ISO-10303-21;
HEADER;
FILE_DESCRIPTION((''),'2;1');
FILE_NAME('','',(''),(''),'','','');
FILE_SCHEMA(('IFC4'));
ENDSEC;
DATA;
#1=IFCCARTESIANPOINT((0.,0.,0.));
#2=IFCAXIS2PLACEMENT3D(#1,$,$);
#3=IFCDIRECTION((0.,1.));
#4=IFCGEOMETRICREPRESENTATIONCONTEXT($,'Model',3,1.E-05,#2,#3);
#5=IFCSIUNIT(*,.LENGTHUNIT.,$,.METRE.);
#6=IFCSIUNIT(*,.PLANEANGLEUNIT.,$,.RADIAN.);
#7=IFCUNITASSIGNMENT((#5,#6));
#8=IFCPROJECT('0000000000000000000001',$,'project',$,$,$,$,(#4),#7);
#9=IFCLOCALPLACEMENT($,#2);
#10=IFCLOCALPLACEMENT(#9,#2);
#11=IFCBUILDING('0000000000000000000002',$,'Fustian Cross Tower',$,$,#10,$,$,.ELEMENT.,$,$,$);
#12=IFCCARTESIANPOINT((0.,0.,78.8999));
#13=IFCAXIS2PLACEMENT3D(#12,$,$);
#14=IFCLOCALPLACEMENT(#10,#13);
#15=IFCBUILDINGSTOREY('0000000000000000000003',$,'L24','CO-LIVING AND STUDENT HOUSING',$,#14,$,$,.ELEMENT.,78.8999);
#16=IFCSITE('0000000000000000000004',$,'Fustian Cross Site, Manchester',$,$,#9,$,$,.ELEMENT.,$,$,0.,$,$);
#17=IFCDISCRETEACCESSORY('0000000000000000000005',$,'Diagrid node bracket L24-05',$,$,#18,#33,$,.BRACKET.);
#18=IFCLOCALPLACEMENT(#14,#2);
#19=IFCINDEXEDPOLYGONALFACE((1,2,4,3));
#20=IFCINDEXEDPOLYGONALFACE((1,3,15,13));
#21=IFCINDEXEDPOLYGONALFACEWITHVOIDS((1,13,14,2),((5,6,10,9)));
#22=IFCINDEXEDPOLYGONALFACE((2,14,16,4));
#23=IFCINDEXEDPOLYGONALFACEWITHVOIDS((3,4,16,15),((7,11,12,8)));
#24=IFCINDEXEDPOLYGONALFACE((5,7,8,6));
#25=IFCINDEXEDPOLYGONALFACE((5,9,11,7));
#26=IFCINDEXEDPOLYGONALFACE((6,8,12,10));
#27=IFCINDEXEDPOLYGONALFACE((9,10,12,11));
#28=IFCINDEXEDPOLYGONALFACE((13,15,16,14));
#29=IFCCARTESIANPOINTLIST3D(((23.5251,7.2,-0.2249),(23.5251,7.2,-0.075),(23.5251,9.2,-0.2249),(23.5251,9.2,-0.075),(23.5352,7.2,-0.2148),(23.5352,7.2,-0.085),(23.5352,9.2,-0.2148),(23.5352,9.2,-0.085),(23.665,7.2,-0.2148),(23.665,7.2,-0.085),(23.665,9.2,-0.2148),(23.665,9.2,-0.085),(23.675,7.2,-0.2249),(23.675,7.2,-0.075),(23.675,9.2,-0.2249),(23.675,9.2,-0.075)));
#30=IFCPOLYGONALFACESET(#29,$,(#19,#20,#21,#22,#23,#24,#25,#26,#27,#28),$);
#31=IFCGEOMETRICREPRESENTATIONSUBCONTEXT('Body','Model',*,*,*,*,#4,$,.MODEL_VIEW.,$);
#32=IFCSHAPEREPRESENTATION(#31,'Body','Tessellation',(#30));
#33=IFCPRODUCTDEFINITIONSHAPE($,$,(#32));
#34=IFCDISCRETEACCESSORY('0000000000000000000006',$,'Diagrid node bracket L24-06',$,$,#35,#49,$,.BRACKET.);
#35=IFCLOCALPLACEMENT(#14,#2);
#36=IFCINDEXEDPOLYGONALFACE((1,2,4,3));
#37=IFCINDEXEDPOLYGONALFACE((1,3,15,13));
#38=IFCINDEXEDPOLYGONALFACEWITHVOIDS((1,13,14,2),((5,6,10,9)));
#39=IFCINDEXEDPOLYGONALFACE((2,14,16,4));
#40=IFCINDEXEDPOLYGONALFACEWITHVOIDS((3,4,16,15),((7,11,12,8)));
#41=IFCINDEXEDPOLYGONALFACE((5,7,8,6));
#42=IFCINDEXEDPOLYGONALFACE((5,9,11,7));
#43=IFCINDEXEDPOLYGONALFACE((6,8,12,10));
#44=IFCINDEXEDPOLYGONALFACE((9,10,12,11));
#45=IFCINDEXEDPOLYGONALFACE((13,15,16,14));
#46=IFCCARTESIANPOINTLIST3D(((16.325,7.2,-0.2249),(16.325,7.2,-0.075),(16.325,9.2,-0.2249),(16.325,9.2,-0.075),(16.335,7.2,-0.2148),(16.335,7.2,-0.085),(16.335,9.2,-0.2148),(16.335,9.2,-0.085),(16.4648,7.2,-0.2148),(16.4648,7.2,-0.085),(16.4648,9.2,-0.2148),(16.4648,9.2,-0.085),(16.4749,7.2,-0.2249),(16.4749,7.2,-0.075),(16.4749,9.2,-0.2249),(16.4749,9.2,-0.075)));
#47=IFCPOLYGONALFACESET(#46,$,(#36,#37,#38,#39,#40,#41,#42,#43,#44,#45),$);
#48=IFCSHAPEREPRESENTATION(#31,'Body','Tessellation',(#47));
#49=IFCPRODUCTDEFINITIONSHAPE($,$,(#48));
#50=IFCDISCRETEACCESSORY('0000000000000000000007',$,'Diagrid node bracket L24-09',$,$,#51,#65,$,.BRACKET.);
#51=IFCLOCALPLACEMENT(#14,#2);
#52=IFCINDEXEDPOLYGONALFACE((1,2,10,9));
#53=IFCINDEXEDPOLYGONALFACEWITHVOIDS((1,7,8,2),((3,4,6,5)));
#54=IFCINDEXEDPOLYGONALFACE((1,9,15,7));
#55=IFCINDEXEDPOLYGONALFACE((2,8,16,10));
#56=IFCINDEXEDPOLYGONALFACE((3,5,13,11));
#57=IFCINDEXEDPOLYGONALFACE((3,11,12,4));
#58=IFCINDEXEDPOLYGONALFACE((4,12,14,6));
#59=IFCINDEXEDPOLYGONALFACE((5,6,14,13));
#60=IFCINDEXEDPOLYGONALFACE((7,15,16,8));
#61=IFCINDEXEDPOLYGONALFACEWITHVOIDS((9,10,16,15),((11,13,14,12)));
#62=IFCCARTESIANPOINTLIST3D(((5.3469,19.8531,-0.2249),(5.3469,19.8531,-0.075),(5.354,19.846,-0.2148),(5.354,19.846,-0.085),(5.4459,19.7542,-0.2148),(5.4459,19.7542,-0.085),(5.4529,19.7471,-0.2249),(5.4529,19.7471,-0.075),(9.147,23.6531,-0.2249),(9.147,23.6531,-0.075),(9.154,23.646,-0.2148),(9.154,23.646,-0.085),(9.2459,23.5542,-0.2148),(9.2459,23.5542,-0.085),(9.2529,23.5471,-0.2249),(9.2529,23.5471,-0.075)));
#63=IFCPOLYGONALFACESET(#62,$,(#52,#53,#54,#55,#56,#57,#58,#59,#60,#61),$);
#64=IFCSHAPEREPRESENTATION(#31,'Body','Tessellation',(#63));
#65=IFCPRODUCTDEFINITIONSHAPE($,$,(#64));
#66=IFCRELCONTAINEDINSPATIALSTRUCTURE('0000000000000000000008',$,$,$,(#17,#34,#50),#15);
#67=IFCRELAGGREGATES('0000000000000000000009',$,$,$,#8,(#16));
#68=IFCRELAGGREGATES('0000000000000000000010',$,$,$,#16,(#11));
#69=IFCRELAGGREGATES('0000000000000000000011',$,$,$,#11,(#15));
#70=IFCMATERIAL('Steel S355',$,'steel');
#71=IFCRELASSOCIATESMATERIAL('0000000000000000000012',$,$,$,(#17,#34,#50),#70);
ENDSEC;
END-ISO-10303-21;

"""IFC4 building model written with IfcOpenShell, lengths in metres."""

from ifc_helpers import new_model, si_unit, direction, frame, origin, origin_2d, place, context, subcontext, project, spatial, hollow_rectangle, extrude, material, element, save


model = new_model("IFC4")

# Units and contexts
model_context = context("Model", 3, precision=1e-05, world=origin(), true_north=direction((0.0, 1.0)))
body_context = subcontext(model_context, "Body", "Model", "MODEL_VIEW")
ifc_project = project(units=[si_unit("LENGTHUNIT", "METRE"), si_unit("PLANEANGLEUNIT", "RADIAN")], contexts=[model_context])

# Site, building, storey
site_placement = place(None, origin())
site = spatial("IfcSite", under=ifc_project, at=site_placement, Name="Fustian Cross Site, Manchester", CompositionType="ELEMENT", RefElevation=0.0)
building_placement = place(site_placement, origin())
building = spatial("IfcBuilding", under=site, at=building_placement, Name="Fustian Cross Tower", CompositionType="ELEMENT")
storey_placement = place(building_placement, frame((0.0, 0.0, 78.8999)))
storey = spatial("IfcBuildingStorey", under=building, at=storey_placement, Name="L24", Description="CO-LIVING AND STUDENT HOUSING", CompositionType="ELEMENT", Elevation=78.8999)

# Discrete accessories
ifc_material_1 = material(Name="Steel S355", Category="steel")
for number, where, z_axis, x_axis, name in (
    (1, (23.6001, 9.2, -0.1499), (0.0, -1.0, 0.0), (1.0, 0.0, 0.0), "Diagrid node bracket L24-05"),
    (2, (16.3999, 9.2, -0.1499), (0.0, -1.0, 0.0), (1.0, 0.0, 0.0), "Diagrid node bracket L24-06"),
):
    element("IfcDiscreteAccessory", number, at=place(storey_placement, frame(where, z_axis=z_axis, x_axis=x_axis)), inside=storey, material=ifc_material_1, Name=name, PredefinedType="BRACKET", context=body_context, shape_type="SweptSolid", body=[
        extrude(hollow_rectangle(XDim=0.1499, YDim=0.1499, WallThickness=0.01, at=origin_2d()), origin(), (0.0, 0.0, 1.0), 2.0),
    ])
discrete_accessory_placement = place(storey_placement, frame((9.2, 23.6001, -0.1499), z_axis=(-0.707107, -0.707107, 0.0), x_axis=(0.707107, -0.707107, 0.0)))
element("IfcDiscreteAccessory", 3, at=discrete_accessory_placement, inside=storey, material=ifc_material_1, Name="Diagrid node bracket L24-09", PredefinedType="BRACKET", context=body_context, shape_type="SweptSolid", body=[
    extrude(hollow_rectangle(XDim=0.1499, YDim=0.1499, WallThickness=0.01, at=origin_2d()), origin(), (0.0, 0.0, 1.0), 5.374),
])

save(model, "model.ifc")
